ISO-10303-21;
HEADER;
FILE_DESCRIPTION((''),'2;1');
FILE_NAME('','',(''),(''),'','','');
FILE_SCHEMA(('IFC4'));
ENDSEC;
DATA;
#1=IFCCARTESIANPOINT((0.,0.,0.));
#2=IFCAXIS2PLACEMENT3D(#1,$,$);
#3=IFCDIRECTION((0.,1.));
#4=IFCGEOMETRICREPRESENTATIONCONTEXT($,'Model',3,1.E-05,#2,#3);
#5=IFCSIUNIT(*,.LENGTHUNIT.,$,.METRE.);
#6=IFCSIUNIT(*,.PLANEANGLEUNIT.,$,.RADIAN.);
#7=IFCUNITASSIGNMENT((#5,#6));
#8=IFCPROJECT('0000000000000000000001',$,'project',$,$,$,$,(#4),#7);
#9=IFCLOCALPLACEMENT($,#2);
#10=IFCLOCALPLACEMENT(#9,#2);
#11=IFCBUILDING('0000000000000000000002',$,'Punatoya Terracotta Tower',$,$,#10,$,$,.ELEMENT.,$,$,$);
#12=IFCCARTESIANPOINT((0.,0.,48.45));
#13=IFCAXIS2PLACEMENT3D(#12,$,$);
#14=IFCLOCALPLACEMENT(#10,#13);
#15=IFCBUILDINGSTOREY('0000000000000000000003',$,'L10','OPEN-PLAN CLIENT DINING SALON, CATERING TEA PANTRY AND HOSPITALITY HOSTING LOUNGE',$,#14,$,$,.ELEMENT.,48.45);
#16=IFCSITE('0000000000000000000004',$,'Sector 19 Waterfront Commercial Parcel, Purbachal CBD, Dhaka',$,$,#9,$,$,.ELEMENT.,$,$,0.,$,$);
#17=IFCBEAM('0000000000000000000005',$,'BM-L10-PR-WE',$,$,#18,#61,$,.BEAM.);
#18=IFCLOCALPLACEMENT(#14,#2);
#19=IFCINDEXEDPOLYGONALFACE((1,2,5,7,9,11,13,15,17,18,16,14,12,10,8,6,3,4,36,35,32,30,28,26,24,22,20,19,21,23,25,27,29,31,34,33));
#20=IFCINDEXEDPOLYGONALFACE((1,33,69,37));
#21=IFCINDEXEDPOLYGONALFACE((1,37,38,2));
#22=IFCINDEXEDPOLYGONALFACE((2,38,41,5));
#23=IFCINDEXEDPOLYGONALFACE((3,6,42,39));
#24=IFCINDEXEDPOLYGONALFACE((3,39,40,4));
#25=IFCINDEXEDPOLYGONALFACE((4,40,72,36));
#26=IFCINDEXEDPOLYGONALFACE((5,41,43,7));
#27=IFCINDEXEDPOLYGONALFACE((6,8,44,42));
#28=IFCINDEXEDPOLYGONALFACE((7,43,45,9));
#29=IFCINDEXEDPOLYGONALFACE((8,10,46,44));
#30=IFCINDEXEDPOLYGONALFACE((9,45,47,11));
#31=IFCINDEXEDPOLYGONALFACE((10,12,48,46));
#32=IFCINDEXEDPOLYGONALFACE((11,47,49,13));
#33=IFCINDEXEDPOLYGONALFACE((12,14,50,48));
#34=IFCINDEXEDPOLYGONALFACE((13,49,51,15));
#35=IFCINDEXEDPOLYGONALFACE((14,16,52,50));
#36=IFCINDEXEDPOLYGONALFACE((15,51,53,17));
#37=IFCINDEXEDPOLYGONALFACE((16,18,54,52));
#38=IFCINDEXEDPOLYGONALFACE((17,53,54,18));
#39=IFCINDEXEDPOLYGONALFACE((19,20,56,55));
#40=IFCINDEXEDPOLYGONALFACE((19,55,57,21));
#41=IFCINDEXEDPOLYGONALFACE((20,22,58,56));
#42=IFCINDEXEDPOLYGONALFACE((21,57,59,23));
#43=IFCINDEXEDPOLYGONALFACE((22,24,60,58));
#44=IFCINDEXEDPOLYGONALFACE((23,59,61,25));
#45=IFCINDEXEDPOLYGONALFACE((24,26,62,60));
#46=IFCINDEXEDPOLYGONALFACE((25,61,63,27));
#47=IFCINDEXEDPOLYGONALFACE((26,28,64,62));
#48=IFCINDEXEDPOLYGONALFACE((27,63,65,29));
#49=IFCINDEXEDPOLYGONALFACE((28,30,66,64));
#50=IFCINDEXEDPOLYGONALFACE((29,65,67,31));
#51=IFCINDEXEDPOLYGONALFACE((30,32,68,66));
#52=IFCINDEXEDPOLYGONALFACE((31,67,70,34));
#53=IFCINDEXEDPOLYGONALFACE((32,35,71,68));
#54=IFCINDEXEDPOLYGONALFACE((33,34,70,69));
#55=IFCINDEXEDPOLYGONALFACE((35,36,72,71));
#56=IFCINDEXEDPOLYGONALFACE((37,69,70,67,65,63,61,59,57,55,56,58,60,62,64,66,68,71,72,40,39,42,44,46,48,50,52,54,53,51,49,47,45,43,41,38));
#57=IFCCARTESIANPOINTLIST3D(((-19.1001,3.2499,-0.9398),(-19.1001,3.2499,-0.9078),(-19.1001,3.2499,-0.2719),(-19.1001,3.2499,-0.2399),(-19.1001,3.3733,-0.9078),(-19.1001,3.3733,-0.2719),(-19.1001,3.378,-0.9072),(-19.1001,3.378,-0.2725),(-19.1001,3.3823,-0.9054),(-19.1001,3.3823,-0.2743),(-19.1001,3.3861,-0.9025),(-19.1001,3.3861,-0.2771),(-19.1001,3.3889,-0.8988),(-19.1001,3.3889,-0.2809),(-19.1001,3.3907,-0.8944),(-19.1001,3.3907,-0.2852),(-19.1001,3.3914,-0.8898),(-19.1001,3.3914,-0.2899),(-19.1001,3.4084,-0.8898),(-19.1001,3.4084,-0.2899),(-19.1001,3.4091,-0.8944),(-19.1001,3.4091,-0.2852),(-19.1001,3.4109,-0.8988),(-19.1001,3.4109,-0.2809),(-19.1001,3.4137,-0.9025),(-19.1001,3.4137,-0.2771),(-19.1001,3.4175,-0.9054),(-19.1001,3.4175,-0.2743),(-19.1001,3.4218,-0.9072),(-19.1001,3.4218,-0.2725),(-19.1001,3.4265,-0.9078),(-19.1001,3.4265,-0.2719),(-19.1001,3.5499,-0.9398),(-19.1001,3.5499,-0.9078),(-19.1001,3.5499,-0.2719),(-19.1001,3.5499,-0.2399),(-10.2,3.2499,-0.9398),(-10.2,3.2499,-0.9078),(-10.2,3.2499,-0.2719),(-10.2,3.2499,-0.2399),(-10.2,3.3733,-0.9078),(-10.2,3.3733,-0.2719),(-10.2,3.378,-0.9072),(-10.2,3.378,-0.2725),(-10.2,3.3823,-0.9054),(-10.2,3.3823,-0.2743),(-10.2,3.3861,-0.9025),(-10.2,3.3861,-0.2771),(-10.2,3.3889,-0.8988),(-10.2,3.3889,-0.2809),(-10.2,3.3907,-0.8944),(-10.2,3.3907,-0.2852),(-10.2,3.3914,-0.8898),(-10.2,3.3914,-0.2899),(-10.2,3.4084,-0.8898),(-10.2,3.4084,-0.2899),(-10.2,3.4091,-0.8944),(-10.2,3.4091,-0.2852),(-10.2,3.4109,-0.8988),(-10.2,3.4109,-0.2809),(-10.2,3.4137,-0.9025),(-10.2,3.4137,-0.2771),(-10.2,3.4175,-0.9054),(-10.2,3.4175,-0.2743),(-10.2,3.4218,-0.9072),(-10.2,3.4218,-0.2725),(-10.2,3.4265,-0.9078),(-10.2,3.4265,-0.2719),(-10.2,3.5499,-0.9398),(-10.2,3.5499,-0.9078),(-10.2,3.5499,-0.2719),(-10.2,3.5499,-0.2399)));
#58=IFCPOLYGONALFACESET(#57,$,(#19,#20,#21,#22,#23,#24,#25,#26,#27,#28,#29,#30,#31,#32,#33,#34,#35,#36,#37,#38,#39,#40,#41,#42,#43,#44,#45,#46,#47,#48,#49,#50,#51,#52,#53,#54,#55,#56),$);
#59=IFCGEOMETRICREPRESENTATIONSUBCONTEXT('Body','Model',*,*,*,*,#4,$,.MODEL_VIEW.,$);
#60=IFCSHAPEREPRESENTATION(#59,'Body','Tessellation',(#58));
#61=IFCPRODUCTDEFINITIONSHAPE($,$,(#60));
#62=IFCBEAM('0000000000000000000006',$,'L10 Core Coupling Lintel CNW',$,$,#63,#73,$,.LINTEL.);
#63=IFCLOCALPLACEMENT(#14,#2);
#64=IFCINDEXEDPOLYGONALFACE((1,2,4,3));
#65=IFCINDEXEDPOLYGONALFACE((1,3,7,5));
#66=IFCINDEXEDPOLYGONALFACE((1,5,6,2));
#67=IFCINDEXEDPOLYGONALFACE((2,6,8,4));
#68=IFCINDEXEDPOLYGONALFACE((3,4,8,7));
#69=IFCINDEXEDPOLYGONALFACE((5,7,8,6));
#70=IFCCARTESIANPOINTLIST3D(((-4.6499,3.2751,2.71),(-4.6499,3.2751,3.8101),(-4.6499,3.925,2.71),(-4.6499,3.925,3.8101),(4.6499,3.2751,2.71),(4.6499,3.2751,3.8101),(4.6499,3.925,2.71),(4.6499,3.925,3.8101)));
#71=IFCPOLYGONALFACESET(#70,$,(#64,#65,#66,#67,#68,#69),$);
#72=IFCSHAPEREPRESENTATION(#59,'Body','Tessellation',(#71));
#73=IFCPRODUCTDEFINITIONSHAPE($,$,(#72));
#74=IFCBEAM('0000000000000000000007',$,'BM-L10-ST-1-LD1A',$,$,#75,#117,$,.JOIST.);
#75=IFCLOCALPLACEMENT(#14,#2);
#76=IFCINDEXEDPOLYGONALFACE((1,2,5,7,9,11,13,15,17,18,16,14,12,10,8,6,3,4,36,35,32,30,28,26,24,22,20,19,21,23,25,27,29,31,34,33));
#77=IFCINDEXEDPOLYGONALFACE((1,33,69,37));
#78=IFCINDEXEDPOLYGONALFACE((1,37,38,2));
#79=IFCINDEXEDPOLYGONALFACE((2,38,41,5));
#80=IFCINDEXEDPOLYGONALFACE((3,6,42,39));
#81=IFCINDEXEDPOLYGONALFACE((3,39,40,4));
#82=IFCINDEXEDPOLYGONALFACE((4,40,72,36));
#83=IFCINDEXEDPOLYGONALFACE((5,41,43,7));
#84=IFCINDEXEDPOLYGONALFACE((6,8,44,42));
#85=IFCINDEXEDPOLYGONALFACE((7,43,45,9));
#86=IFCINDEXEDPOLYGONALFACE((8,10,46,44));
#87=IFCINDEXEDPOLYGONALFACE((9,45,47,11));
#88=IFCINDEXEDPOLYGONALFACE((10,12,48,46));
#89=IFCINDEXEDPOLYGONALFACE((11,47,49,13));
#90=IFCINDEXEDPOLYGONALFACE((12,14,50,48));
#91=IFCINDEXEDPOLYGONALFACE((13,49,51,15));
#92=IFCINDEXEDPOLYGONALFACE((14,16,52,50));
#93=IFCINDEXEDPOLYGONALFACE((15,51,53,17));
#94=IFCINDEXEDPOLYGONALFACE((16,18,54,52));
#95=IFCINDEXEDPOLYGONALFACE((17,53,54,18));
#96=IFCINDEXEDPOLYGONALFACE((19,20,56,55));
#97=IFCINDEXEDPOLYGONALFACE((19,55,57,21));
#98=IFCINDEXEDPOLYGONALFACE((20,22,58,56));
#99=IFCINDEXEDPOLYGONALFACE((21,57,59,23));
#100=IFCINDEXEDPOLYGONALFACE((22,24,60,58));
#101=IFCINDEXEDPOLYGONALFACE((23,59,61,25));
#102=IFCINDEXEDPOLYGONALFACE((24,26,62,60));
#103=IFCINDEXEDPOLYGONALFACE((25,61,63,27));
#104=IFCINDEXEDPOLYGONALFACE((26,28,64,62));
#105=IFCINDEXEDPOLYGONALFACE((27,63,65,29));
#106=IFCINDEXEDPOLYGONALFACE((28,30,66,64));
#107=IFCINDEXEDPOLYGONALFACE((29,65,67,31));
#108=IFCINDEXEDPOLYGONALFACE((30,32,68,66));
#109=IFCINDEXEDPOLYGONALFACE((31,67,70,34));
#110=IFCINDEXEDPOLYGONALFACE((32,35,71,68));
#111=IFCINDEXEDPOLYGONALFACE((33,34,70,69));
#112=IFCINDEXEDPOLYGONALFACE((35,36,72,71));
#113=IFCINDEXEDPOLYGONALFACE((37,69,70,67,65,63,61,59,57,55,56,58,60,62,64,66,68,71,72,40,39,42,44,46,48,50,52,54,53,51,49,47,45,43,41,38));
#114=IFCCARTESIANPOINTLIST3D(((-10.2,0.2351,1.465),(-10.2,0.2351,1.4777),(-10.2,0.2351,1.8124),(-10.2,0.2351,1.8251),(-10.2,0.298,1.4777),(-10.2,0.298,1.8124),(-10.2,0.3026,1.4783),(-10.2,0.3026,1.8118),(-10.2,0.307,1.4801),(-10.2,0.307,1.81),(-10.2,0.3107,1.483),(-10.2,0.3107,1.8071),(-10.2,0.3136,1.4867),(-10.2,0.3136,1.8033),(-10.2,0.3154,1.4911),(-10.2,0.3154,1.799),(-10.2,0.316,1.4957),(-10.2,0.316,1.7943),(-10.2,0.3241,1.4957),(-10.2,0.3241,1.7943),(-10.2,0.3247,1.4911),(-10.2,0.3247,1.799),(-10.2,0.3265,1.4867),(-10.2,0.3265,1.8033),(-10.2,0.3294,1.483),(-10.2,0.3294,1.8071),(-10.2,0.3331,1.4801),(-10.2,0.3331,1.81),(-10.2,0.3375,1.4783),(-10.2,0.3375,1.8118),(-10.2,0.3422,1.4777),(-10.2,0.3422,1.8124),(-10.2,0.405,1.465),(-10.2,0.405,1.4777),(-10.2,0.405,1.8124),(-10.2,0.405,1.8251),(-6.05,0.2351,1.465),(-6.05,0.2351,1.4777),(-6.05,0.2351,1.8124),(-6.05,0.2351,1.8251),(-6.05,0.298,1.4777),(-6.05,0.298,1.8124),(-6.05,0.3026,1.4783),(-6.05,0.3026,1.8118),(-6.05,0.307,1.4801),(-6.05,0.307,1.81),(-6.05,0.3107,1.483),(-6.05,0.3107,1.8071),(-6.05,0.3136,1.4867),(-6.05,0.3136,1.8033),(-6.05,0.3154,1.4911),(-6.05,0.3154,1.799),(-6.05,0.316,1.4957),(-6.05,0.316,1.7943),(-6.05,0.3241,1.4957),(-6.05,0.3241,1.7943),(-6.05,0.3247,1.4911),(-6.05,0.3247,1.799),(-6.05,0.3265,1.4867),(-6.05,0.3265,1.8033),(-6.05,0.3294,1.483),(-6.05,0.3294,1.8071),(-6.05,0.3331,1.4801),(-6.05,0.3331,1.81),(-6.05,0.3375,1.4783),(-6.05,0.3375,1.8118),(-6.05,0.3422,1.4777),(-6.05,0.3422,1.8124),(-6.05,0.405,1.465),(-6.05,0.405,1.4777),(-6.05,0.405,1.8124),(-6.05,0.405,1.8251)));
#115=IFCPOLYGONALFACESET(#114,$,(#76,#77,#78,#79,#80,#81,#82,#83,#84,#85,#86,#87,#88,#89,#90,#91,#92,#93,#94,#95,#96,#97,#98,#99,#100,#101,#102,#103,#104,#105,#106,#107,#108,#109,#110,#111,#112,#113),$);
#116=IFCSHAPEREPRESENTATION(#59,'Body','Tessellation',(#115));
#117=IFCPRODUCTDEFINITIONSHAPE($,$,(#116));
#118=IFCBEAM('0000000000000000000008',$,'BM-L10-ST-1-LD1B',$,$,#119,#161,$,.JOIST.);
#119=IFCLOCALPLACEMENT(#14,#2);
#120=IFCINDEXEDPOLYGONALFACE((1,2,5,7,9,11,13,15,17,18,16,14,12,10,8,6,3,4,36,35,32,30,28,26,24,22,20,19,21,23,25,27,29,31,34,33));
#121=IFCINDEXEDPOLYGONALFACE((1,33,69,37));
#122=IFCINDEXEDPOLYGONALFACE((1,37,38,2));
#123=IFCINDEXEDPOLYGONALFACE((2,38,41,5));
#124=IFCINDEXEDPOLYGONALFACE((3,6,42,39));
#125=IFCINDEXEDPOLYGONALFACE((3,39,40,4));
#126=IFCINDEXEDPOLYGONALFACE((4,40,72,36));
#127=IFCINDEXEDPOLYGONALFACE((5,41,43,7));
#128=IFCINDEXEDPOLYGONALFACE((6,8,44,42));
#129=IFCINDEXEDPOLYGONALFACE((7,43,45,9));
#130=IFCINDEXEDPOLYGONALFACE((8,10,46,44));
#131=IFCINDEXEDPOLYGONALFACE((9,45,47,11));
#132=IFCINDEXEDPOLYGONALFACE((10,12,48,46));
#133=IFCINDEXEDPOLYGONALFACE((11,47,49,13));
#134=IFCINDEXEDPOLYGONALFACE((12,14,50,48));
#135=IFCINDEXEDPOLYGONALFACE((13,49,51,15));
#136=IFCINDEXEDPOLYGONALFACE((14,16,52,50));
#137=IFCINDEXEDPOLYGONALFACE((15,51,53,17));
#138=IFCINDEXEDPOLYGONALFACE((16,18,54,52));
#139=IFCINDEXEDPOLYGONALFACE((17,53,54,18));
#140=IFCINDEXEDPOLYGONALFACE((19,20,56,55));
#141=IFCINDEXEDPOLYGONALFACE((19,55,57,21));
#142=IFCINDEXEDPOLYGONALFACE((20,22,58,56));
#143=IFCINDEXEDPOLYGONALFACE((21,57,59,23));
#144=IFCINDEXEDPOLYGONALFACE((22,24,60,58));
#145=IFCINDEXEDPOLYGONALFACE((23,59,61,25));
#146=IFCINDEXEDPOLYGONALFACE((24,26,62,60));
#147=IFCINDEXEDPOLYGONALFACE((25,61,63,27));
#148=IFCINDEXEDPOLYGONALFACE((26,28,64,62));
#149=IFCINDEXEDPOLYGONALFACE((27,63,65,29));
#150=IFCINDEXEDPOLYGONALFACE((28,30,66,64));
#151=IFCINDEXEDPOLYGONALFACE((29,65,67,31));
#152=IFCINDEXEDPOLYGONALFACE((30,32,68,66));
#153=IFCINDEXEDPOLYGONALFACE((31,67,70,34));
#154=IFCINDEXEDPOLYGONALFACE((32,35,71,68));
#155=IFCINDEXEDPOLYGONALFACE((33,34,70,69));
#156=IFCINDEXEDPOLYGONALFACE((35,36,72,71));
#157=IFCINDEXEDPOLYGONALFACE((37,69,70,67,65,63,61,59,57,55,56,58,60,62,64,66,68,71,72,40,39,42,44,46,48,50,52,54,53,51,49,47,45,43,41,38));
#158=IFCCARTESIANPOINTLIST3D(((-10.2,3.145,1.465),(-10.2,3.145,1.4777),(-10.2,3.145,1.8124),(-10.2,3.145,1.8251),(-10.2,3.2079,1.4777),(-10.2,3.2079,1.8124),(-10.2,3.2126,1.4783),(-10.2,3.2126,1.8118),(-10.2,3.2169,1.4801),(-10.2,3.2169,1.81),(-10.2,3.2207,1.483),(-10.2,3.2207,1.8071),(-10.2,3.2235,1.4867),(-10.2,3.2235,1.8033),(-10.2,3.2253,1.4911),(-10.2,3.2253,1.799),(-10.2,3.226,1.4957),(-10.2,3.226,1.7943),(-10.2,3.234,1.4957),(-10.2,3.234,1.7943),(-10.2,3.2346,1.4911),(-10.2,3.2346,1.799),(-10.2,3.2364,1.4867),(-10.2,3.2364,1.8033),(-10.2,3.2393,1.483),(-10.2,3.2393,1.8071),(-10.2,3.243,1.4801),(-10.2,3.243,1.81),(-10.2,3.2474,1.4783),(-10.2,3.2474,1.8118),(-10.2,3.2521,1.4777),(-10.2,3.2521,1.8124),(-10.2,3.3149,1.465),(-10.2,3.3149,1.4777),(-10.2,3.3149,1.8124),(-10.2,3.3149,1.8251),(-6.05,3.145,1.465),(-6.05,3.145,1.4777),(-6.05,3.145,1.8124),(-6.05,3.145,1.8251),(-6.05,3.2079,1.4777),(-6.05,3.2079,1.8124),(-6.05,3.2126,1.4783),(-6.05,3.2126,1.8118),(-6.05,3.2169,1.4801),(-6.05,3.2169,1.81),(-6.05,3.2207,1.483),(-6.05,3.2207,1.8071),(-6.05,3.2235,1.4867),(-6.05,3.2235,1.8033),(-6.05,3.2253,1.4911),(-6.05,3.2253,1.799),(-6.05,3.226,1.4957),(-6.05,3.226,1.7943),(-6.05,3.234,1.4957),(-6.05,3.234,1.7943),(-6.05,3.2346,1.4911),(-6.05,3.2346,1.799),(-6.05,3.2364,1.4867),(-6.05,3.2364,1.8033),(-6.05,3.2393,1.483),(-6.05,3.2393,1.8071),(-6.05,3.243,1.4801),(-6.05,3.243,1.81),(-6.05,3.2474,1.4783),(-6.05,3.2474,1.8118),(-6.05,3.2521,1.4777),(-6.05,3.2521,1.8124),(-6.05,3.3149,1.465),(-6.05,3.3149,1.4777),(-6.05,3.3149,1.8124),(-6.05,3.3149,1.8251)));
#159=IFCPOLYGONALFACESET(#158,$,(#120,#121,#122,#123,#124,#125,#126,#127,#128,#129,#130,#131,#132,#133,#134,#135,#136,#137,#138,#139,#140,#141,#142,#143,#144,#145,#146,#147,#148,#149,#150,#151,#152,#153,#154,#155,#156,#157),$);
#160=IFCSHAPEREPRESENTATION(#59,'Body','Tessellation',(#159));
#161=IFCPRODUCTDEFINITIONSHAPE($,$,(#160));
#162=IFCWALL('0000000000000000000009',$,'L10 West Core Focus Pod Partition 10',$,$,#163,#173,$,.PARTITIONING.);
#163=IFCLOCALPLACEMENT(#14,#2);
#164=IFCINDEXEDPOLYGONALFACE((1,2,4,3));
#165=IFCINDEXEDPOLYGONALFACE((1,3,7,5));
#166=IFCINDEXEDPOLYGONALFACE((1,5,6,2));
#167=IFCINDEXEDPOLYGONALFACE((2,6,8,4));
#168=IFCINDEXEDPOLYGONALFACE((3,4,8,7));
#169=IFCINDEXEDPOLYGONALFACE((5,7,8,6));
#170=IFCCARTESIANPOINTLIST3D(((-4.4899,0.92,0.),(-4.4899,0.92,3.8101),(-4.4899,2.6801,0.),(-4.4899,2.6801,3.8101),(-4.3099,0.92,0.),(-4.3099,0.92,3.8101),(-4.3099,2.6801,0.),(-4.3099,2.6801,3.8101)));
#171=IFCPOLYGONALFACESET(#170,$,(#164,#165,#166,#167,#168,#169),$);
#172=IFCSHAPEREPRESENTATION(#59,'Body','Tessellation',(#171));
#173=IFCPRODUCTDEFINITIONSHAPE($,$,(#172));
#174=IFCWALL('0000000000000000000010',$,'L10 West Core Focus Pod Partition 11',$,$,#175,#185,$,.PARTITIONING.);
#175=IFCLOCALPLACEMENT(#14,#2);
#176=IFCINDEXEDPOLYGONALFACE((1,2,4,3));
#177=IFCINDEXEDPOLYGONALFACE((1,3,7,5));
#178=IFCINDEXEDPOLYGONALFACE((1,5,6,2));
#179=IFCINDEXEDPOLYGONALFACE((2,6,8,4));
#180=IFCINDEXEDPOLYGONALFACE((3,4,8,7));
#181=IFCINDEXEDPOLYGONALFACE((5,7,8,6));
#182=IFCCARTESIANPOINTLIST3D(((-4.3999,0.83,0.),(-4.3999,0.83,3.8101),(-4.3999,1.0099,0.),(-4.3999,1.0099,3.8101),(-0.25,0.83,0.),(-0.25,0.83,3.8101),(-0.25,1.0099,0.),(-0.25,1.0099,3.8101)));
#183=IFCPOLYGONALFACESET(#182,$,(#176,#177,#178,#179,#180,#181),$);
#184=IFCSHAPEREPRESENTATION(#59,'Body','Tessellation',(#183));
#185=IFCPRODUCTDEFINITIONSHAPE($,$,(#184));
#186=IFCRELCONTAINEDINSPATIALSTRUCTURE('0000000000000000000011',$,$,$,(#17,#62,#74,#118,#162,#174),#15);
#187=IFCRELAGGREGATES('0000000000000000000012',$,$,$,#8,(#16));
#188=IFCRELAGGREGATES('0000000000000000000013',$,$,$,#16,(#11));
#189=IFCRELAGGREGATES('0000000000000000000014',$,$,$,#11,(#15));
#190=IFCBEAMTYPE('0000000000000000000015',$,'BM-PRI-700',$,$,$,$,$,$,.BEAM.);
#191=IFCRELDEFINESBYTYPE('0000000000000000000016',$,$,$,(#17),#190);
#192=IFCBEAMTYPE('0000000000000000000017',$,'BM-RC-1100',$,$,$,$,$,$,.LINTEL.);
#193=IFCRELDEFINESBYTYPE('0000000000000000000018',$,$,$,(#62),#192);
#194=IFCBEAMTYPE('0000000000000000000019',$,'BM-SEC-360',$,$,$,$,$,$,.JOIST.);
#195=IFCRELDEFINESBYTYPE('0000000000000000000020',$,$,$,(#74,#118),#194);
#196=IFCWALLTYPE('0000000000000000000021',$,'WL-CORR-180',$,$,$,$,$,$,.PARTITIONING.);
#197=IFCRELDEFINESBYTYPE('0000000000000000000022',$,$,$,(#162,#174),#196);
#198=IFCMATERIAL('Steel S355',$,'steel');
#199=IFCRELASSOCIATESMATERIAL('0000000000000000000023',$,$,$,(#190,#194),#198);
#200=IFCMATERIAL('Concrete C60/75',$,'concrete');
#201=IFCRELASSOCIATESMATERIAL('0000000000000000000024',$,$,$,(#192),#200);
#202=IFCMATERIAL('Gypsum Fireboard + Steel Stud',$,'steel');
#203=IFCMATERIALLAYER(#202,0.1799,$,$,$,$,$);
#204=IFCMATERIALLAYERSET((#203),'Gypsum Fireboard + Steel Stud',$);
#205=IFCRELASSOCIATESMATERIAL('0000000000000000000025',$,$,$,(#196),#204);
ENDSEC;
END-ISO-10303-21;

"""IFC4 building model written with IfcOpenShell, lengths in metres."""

from ifc_helpers import new_model, si_unit, direction, frame, frame_2d, origin, origin_2d, place, context, subcontext, project, spatial, rectangle, i_section, extrude, material, layer, layer_set, material_profile, profile_set, type_object, element, save


model = new_model("IFC4")

# Units and contexts
model_context = context("Model", 3, precision=1e-05, world=origin(), true_north=direction((0.0, 1.0)))
body_context = subcontext(model_context, "Body", "Model", "MODEL_VIEW")
ifc_project = project(units=[si_unit("LENGTHUNIT", "METRE"), si_unit("PLANEANGLEUNIT", "RADIAN")], contexts=[model_context])

# Site, building, storey
site_placement = place(None, origin())
site = spatial("IfcSite", under=ifc_project, at=site_placement, Name="Sector 19 Waterfront Commercial Parcel, Purbachal CBD, Dhaka", CompositionType="ELEMENT", RefElevation=0.0)
building_placement = place(site_placement, origin())
building = spatial("IfcBuilding", under=site, at=building_placement, Name="Punatoya Terracotta Tower", CompositionType="ELEMENT")
storey_placement = place(building_placement, frame((0.0, 0.0, 48.45)))
storey = spatial("IfcBuildingStorey", under=building, at=storey_placement, Name="L10", Description="OPEN-PLAN CLIENT DINING SALON, CATERING TEA PANTRY AND HOSPITALITY HOSTING LOUNGE", CompositionType="ELEMENT", Elevation=48.45)

# Beams
ifc_material_1 = material(Name="Steel S355", Category="steel")
ifc_material_profile_1 = material_profile(ifc_material_1, i_section(OverallWidth=0.3, OverallDepth=0.7, WebThickness=0.0171, FlangeThickness=0.032, FilletRadius=0.0181, at=origin_2d()))
ifc_profile_set_1 = profile_set([ifc_material_profile_1], Name="Steel S355")
beam_type_1 = type_object("IfcBeamType", Name="BM-PRI-700", PredefinedType="BEAM", material=ifc_profile_set_1)
for number, where, z_axis, x_axis, name in (
    (1, (-19.1001, 3.3999, -0.5898), (1.0, 0.0, 0.0), (0.0, 1.0, 0.0), "BM-L10-PR-WE"),
):
    element("IfcBeam", number, at=place(storey_placement, frame(where, z_axis=z_axis, x_axis=x_axis)), inside=storey, type_object=beam_type_1, Name=name, PredefinedType="BEAM", context=body_context, shape_type="SweptSolid", body=[
        extrude(i_section(OverallWidth=0.3, OverallDepth=0.7, WebThickness=0.0171, FlangeThickness=0.032, FilletRadius=0.0181, at=origin_2d()), origin(), (0.0, 0.0, 1.0), 8.9001),
    ])
ifc_material_2 = material(Name="Concrete C60/75", Category="concrete")
ifc_material_profile_2 = material_profile(ifc_material_2, rectangle(XDim=0.6499, YDim=1.1001, at=origin_2d()))
ifc_profile_set_2 = profile_set([ifc_material_profile_2], Name="Concrete C60/75")
beam_type_2 = type_object("IfcBeamType", Name="BM-RC-1100", PredefinedType="LINTEL", material=ifc_profile_set_2)
beam_1_placement = place(storey_placement, frame((-4.6499, 3.6001, 3.26), z_axis=(1.0, 0.0, 0.0), x_axis=(0.0, 1.0, 0.0)))
element("IfcBeam", 2, at=beam_1_placement, inside=storey, type_object=beam_type_2, Name="L10 Core Coupling Lintel CNW", PredefinedType="LINTEL", context=body_context, shape_type="SweptSolid", body=[
    extrude(rectangle(XDim=0.6499, YDim=1.1001, at=origin_2d()), origin(), (0.0, 0.0, 1.0), 9.2998),
])
ifc_material_profile_3 = material_profile(ifc_material_1, i_section(OverallWidth=0.1699, OverallDepth=0.3601, WebThickness=0.0081, FlangeThickness=0.0127, FilletRadius=0.0181, at=origin_2d()))
ifc_profile_set_3 = profile_set([ifc_material_profile_3], Name="Steel S355")
beam_type_3 = type_object("IfcBeamType", Name="BM-SEC-360", PredefinedType="JOIST", material=ifc_profile_set_3)
for number, where, z_axis, x_axis, name in (
    (3, (-10.2, 0.3201, 1.645), (1.0, 0.0, 0.0), (0.0, 1.0, 0.0), "BM-L10-ST-1-LD1A"),
    (4, (-10.2, 3.23, 1.645), (1.0, 0.0, 0.0), (0.0, 1.0, 0.0), "BM-L10-ST-1-LD1B"),
):
    element("IfcBeam", number, at=place(storey_placement, frame(where, z_axis=z_axis, x_axis=x_axis)), inside=storey, type_object=beam_type_3, Name=name, PredefinedType="JOIST", context=body_context, shape_type="SweptSolid", body=[
        extrude(i_section(OverallWidth=0.1699, OverallDepth=0.3601, WebThickness=0.0081, FlangeThickness=0.0127, FilletRadius=0.0181, at=origin_2d()), origin(), (0.0, 0.0, 1.0), 4.1499),
    ])

# Walls
ifc_material_3 = material(Name="Gypsum Fireboard + Steel Stud", Category="steel")
ifc_layer_1 = layer(ifc_material_3, 0.1799)
ifc_layer_set_1 = layer_set([ifc_layer_1], Name="Gypsum Fireboard + Steel Stud")
wall_type_1 = type_object("IfcWallType", Name="WL-CORR-180", PredefinedType="PARTITIONING", material=ifc_layer_set_1)
wall_1_placement = place(storey_placement, frame((-4.3999, 2.6799, 0.0), z_axis=(0.0, 0.0, 1.0), x_axis=(0.0, -1.0, 0.0)))
element("IfcWall", 5, at=wall_1_placement, inside=storey, type_object=wall_type_1, Name="L10 West Core Focus Pod Partition 10", PredefinedType="PARTITIONING", context=body_context, shape_type="SweptSolid", body=[
    extrude(rectangle(XDim=1.76, YDim=0.1799, at=frame_2d((0.8799, 0.0))), origin(), (0.0, 0.0, 1.0), 3.8101),
])
wall_2_placement = place(storey_placement, frame((-4.3999, 0.9199, 0.0), z_axis=(0.0, 0.0, 1.0), x_axis=(1.0, 0.0, 0.0)))
element("IfcWall", 6, at=wall_2_placement, inside=storey, type_object=wall_type_1, Name="L10 West Core Focus Pod Partition 11", PredefinedType="PARTITIONING", context=body_context, shape_type="SweptSolid", body=[
    extrude(rectangle(XDim=4.1499, YDim=0.1799, at=frame_2d((2.075, 0.0))), origin(), (0.0, 0.0, 1.0), 3.8101),
])

save(model, "model.ifc")
